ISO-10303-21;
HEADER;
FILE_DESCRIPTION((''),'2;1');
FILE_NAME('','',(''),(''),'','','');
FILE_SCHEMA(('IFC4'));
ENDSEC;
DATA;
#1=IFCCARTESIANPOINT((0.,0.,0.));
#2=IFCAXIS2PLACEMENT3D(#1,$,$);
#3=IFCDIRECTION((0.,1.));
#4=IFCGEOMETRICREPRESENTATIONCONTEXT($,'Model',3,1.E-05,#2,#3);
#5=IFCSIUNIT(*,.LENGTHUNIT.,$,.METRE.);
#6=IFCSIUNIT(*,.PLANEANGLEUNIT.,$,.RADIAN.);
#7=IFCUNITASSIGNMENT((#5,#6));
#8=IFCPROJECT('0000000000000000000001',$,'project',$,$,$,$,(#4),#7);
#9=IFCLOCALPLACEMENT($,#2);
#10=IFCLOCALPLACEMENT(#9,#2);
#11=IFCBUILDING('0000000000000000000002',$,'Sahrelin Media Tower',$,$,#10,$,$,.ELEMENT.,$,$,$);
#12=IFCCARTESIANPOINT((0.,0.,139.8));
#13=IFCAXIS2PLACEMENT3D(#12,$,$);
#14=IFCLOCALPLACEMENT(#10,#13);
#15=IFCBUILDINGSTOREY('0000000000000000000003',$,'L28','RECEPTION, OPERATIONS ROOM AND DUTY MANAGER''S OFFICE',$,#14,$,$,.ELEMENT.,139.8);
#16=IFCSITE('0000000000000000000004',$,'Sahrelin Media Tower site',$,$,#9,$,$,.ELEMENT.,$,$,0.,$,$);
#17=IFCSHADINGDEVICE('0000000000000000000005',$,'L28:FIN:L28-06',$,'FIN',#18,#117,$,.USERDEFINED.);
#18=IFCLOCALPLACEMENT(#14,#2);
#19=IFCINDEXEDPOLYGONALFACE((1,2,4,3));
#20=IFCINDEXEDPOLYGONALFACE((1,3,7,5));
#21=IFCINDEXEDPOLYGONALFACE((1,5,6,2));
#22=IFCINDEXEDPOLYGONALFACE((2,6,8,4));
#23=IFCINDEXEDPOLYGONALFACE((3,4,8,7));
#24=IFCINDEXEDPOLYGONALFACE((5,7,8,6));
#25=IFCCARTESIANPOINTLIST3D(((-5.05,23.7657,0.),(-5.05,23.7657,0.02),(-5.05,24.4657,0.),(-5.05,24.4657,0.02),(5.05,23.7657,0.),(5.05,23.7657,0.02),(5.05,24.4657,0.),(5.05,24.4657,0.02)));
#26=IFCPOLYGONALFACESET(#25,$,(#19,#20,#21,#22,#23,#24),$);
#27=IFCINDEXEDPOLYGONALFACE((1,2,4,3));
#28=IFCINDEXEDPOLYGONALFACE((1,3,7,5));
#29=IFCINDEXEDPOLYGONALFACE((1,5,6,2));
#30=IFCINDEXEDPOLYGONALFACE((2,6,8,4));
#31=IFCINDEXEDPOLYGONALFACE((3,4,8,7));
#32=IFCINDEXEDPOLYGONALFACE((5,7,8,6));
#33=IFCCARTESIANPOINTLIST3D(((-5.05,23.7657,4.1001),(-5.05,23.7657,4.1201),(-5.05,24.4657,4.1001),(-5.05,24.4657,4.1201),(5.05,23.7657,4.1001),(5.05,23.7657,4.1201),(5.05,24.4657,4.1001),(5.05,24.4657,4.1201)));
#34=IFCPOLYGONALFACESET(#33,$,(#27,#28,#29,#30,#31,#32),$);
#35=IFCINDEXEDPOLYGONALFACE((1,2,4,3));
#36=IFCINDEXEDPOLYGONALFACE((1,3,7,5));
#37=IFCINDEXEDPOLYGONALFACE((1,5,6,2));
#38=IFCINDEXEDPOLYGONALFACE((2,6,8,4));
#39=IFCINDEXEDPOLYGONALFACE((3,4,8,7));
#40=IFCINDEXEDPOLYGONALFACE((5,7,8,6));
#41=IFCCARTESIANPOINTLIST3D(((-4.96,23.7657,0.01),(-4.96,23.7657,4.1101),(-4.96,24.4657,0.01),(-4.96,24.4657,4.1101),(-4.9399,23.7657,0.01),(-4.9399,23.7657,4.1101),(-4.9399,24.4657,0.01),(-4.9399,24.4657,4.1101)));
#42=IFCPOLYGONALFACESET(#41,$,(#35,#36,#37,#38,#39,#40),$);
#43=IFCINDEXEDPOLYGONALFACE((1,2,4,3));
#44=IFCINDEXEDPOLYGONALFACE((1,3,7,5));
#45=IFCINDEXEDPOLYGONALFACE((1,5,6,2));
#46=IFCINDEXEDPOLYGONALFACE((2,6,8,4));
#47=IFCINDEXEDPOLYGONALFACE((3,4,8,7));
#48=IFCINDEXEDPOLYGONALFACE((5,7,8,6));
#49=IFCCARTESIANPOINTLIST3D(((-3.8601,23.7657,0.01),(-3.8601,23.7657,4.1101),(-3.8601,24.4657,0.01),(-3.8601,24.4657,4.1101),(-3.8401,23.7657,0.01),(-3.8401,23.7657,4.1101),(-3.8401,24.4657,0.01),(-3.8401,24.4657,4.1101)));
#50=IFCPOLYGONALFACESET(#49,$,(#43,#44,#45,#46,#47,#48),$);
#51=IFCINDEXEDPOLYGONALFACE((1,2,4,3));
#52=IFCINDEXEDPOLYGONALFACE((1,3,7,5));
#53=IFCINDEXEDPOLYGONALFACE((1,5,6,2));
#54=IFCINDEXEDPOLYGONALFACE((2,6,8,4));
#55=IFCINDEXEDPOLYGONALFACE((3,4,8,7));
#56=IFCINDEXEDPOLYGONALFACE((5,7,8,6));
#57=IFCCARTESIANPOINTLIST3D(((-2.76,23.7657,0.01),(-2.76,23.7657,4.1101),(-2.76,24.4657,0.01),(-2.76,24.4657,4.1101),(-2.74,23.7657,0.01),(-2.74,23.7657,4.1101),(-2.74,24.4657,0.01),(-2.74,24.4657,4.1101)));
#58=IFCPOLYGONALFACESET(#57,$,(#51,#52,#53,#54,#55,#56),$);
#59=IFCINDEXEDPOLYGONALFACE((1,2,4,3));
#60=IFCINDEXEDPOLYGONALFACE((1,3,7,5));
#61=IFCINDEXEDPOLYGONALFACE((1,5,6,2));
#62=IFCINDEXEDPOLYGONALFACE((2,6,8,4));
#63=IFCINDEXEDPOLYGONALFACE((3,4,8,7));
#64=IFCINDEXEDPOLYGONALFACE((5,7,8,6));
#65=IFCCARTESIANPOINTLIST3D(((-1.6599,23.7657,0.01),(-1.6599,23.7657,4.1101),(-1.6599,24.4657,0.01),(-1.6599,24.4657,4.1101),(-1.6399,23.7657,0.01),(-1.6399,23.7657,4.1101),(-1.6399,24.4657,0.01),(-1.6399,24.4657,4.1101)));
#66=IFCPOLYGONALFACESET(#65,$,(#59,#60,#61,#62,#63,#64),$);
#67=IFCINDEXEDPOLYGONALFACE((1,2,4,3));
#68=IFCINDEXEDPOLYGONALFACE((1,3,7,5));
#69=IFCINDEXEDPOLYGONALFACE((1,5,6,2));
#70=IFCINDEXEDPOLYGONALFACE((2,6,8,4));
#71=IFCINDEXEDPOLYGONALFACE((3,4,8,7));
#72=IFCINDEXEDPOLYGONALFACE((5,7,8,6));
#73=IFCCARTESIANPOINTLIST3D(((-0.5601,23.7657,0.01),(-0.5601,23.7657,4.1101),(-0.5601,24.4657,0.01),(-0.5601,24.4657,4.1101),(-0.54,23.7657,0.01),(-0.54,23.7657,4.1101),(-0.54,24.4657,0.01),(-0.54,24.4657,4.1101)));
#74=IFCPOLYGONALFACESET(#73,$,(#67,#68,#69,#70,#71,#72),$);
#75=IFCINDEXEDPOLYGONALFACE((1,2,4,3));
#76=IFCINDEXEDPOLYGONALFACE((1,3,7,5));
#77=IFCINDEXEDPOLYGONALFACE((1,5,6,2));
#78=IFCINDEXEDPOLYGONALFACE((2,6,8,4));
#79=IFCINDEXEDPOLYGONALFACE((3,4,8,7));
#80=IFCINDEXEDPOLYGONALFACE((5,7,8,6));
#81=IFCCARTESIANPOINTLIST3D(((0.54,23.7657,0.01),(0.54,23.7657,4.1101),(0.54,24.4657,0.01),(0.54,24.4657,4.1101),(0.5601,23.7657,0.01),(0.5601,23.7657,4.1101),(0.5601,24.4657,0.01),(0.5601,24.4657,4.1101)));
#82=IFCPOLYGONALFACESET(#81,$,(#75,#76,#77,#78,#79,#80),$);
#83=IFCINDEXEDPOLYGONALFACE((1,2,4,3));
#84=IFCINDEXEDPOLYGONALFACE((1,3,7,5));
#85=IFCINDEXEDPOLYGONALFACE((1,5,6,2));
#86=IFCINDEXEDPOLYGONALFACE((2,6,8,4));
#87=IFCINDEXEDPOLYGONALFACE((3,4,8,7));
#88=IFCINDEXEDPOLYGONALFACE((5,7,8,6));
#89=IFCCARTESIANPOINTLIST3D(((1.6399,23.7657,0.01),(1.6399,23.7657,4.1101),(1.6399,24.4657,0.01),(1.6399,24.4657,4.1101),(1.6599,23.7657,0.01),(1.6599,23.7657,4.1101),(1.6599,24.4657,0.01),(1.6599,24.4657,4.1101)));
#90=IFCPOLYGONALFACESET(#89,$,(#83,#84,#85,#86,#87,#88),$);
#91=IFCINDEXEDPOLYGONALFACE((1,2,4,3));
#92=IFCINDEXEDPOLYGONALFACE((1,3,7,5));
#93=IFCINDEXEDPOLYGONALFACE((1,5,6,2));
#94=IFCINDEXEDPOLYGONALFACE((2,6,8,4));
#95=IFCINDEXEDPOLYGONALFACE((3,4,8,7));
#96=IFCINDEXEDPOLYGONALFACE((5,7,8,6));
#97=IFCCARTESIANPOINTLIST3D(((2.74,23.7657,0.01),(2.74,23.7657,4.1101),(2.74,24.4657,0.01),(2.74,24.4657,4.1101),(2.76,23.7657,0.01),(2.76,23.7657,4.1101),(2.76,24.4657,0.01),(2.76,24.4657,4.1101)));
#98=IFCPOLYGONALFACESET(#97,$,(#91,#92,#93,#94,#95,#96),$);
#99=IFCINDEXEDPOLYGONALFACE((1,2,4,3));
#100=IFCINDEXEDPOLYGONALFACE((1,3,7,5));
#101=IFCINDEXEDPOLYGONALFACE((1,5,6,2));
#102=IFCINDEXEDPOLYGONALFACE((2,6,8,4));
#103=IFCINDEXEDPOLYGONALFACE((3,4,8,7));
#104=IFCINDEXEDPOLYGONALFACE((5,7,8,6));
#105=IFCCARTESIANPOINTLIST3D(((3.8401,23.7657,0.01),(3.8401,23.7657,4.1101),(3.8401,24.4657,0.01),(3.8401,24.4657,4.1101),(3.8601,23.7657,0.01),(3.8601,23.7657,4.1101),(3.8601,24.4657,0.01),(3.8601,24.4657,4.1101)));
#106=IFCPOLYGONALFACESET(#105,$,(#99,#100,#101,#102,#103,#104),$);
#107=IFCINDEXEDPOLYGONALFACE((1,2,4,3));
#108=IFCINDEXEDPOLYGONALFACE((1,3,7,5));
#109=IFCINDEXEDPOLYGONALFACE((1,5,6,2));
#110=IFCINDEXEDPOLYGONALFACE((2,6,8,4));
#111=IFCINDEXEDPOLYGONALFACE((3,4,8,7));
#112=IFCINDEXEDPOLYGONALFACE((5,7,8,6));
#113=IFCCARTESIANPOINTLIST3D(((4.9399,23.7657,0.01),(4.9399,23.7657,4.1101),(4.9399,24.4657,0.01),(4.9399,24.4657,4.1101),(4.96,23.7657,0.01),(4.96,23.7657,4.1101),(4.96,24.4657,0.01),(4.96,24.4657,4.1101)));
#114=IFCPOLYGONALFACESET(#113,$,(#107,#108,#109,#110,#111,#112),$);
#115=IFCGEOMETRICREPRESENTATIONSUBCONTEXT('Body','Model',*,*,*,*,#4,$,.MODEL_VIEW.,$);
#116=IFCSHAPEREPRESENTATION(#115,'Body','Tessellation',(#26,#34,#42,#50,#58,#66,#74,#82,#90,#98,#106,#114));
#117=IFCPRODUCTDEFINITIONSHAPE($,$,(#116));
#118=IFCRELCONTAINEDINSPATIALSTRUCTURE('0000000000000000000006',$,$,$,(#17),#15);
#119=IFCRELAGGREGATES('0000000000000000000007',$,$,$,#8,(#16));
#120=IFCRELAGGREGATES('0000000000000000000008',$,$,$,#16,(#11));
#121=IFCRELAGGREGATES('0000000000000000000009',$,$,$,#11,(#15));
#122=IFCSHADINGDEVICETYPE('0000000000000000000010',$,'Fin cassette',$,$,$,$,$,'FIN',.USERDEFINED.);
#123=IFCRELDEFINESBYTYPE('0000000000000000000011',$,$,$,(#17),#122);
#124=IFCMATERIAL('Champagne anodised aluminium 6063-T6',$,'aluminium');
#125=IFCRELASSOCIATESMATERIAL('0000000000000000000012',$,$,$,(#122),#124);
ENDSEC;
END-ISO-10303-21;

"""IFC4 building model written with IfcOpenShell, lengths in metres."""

from ifc_helpers import new_model, si_unit, direction, frame, origin, origin_2d, place, context, subcontext, project, spatial, rectangle, extrude, material, type_object, element, save


model = new_model("IFC4")

# Units and contexts
model_context = context("Model", 3, precision=1e-05, world=origin(), true_north=direction((0.0, 1.0)))
body_context = subcontext(model_context, "Body", "Model", "MODEL_VIEW")
ifc_project = project(units=[si_unit("LENGTHUNIT", "METRE"), si_unit("PLANEANGLEUNIT", "RADIAN")], contexts=[model_context])

# Site, building, storey
site_placement = place(None, origin())
site = spatial("IfcSite", under=ifc_project, at=site_placement, Name="Sahrelin Media Tower site", CompositionType="ELEMENT", RefElevation=0.0)
building_placement = place(site_placement, origin())
building = spatial("IfcBuilding", under=site, at=building_placement, Name="Sahrelin Media Tower", CompositionType="ELEMENT")
storey_placement = place(building_placement, frame((0.0, 0.0, 139.8)))
storey = spatial("IfcBuildingStorey", under=building, at=storey_placement, Name="L28", Description="RECEPTION, OPERATIONS ROOM AND DUTY MANAGER'S OFFICE", CompositionType="ELEMENT", Elevation=139.8)

# Shared definitions
ifc_material_1 = material(Name="Champagne anodised aluminium 6063-T6", Category="aluminium")

# Shared definitions
placement_1 = place(storey_placement, frame((0.0, 23.6958, 0.0), z_axis=(0.0, 0.0, 1.0), x_axis=(1.0, 0.0, 0.0)))

# Shading device
shading_device_type_1 = type_object("IfcShadingDeviceType", Name="Fin cassette", ElementType="FIN", PredefinedType="USERDEFINED", material=ifc_material_1)
element("IfcShadingDevice", 1, at=placement_1, inside=storey, type_object=shading_device_type_1, Name="L28:FIN:L28-06", ObjectType="FIN", PredefinedType="USERDEFINED", context=body_context, shape_type="SweptSolid", body=[
    extrude(rectangle(XDim=10.1001, YDim=0.7, at=origin_2d()), frame((0.0, 0.4199, 0.0)), (0.0, 0.0, 1.0), 0.02),
    extrude(rectangle(XDim=10.1001, YDim=0.7, at=origin_2d()), frame((0.0, 0.4199, 4.1001)), (0.0, 0.0, 1.0), 0.02),
    extrude(rectangle(XDim=0.02, YDim=0.7, at=origin_2d()), frame((-4.95, 0.4199, 0.01), z_axis=(0.0, 0.0, 1.0), x_axis=(1.0, 0.0, 0.0)), (0.0, 0.0, 1.0), 4.1001),
    extrude(rectangle(XDim=0.02, YDim=0.7, at=origin_2d()), frame((-3.8501, 0.4199, 0.01), z_axis=(0.0, 0.0, 1.0), x_axis=(1.0, 0.0, 0.0)), (0.0, 0.0, 1.0), 4.1001),
    extrude(rectangle(XDim=0.02, YDim=0.7, at=origin_2d()), frame((-2.75, 0.4199, 0.01), z_axis=(0.0, 0.0, 1.0), x_axis=(1.0, 0.0, 0.0)), (0.0, 0.0, 1.0), 4.1001),
    extrude(rectangle(XDim=0.02, YDim=0.7, at=origin_2d()), frame((-1.6499, 0.4199, 0.01), z_axis=(0.0, 0.0, 1.0), x_axis=(1.0, 0.0, 0.0)), (0.0, 0.0, 1.0), 4.1001),
    extrude(rectangle(XDim=0.02, YDim=0.7, at=origin_2d()), frame((-0.55, 0.4199, 0.01), z_axis=(0.0, 0.0, 1.0), x_axis=(1.0, 0.0, 0.0)), (0.0, 0.0, 1.0), 4.1001),
    extrude(rectangle(XDim=0.02, YDim=0.7, at=origin_2d()), frame((0.55, 0.4199, 0.01), z_axis=(0.0, 0.0, 1.0), x_axis=(1.0, 0.0, 0.0)), (0.0, 0.0, 1.0), 4.1001),
    extrude(rectangle(XDim=0.02, YDim=0.7, at=origin_2d()), frame((1.6499, 0.4199, 0.01), z_axis=(0.0, 0.0, 1.0), x_axis=(1.0, 0.0, 0.0)), (0.0, 0.0, 1.0), 4.1001),
    extrude(rectangle(XDim=0.02, YDim=0.7, at=origin_2d()), frame((2.75, 0.4199, 0.01), z_axis=(0.0, 0.0, 1.0), x_axis=(1.0, 0.0, 0.0)), (0.0, 0.0, 1.0), 4.1001),
    extrude(rectangle(XDim=0.02, YDim=0.7, at=origin_2d()), frame((3.8501, 0.4199, 0.01), z_axis=(0.0, 0.0, 1.0), x_axis=(1.0, 0.0, 0.0)), (0.0, 0.0, 1.0), 4.1001),
    extrude(rectangle(XDim=0.02, YDim=0.7, at=origin_2d()), frame((4.95, 0.4199, 0.01), z_axis=(0.0, 0.0, 1.0), x_axis=(1.0, 0.0, 0.0)), (0.0, 0.0, 1.0), 4.1001),
])

save(model, "model.ifc")
